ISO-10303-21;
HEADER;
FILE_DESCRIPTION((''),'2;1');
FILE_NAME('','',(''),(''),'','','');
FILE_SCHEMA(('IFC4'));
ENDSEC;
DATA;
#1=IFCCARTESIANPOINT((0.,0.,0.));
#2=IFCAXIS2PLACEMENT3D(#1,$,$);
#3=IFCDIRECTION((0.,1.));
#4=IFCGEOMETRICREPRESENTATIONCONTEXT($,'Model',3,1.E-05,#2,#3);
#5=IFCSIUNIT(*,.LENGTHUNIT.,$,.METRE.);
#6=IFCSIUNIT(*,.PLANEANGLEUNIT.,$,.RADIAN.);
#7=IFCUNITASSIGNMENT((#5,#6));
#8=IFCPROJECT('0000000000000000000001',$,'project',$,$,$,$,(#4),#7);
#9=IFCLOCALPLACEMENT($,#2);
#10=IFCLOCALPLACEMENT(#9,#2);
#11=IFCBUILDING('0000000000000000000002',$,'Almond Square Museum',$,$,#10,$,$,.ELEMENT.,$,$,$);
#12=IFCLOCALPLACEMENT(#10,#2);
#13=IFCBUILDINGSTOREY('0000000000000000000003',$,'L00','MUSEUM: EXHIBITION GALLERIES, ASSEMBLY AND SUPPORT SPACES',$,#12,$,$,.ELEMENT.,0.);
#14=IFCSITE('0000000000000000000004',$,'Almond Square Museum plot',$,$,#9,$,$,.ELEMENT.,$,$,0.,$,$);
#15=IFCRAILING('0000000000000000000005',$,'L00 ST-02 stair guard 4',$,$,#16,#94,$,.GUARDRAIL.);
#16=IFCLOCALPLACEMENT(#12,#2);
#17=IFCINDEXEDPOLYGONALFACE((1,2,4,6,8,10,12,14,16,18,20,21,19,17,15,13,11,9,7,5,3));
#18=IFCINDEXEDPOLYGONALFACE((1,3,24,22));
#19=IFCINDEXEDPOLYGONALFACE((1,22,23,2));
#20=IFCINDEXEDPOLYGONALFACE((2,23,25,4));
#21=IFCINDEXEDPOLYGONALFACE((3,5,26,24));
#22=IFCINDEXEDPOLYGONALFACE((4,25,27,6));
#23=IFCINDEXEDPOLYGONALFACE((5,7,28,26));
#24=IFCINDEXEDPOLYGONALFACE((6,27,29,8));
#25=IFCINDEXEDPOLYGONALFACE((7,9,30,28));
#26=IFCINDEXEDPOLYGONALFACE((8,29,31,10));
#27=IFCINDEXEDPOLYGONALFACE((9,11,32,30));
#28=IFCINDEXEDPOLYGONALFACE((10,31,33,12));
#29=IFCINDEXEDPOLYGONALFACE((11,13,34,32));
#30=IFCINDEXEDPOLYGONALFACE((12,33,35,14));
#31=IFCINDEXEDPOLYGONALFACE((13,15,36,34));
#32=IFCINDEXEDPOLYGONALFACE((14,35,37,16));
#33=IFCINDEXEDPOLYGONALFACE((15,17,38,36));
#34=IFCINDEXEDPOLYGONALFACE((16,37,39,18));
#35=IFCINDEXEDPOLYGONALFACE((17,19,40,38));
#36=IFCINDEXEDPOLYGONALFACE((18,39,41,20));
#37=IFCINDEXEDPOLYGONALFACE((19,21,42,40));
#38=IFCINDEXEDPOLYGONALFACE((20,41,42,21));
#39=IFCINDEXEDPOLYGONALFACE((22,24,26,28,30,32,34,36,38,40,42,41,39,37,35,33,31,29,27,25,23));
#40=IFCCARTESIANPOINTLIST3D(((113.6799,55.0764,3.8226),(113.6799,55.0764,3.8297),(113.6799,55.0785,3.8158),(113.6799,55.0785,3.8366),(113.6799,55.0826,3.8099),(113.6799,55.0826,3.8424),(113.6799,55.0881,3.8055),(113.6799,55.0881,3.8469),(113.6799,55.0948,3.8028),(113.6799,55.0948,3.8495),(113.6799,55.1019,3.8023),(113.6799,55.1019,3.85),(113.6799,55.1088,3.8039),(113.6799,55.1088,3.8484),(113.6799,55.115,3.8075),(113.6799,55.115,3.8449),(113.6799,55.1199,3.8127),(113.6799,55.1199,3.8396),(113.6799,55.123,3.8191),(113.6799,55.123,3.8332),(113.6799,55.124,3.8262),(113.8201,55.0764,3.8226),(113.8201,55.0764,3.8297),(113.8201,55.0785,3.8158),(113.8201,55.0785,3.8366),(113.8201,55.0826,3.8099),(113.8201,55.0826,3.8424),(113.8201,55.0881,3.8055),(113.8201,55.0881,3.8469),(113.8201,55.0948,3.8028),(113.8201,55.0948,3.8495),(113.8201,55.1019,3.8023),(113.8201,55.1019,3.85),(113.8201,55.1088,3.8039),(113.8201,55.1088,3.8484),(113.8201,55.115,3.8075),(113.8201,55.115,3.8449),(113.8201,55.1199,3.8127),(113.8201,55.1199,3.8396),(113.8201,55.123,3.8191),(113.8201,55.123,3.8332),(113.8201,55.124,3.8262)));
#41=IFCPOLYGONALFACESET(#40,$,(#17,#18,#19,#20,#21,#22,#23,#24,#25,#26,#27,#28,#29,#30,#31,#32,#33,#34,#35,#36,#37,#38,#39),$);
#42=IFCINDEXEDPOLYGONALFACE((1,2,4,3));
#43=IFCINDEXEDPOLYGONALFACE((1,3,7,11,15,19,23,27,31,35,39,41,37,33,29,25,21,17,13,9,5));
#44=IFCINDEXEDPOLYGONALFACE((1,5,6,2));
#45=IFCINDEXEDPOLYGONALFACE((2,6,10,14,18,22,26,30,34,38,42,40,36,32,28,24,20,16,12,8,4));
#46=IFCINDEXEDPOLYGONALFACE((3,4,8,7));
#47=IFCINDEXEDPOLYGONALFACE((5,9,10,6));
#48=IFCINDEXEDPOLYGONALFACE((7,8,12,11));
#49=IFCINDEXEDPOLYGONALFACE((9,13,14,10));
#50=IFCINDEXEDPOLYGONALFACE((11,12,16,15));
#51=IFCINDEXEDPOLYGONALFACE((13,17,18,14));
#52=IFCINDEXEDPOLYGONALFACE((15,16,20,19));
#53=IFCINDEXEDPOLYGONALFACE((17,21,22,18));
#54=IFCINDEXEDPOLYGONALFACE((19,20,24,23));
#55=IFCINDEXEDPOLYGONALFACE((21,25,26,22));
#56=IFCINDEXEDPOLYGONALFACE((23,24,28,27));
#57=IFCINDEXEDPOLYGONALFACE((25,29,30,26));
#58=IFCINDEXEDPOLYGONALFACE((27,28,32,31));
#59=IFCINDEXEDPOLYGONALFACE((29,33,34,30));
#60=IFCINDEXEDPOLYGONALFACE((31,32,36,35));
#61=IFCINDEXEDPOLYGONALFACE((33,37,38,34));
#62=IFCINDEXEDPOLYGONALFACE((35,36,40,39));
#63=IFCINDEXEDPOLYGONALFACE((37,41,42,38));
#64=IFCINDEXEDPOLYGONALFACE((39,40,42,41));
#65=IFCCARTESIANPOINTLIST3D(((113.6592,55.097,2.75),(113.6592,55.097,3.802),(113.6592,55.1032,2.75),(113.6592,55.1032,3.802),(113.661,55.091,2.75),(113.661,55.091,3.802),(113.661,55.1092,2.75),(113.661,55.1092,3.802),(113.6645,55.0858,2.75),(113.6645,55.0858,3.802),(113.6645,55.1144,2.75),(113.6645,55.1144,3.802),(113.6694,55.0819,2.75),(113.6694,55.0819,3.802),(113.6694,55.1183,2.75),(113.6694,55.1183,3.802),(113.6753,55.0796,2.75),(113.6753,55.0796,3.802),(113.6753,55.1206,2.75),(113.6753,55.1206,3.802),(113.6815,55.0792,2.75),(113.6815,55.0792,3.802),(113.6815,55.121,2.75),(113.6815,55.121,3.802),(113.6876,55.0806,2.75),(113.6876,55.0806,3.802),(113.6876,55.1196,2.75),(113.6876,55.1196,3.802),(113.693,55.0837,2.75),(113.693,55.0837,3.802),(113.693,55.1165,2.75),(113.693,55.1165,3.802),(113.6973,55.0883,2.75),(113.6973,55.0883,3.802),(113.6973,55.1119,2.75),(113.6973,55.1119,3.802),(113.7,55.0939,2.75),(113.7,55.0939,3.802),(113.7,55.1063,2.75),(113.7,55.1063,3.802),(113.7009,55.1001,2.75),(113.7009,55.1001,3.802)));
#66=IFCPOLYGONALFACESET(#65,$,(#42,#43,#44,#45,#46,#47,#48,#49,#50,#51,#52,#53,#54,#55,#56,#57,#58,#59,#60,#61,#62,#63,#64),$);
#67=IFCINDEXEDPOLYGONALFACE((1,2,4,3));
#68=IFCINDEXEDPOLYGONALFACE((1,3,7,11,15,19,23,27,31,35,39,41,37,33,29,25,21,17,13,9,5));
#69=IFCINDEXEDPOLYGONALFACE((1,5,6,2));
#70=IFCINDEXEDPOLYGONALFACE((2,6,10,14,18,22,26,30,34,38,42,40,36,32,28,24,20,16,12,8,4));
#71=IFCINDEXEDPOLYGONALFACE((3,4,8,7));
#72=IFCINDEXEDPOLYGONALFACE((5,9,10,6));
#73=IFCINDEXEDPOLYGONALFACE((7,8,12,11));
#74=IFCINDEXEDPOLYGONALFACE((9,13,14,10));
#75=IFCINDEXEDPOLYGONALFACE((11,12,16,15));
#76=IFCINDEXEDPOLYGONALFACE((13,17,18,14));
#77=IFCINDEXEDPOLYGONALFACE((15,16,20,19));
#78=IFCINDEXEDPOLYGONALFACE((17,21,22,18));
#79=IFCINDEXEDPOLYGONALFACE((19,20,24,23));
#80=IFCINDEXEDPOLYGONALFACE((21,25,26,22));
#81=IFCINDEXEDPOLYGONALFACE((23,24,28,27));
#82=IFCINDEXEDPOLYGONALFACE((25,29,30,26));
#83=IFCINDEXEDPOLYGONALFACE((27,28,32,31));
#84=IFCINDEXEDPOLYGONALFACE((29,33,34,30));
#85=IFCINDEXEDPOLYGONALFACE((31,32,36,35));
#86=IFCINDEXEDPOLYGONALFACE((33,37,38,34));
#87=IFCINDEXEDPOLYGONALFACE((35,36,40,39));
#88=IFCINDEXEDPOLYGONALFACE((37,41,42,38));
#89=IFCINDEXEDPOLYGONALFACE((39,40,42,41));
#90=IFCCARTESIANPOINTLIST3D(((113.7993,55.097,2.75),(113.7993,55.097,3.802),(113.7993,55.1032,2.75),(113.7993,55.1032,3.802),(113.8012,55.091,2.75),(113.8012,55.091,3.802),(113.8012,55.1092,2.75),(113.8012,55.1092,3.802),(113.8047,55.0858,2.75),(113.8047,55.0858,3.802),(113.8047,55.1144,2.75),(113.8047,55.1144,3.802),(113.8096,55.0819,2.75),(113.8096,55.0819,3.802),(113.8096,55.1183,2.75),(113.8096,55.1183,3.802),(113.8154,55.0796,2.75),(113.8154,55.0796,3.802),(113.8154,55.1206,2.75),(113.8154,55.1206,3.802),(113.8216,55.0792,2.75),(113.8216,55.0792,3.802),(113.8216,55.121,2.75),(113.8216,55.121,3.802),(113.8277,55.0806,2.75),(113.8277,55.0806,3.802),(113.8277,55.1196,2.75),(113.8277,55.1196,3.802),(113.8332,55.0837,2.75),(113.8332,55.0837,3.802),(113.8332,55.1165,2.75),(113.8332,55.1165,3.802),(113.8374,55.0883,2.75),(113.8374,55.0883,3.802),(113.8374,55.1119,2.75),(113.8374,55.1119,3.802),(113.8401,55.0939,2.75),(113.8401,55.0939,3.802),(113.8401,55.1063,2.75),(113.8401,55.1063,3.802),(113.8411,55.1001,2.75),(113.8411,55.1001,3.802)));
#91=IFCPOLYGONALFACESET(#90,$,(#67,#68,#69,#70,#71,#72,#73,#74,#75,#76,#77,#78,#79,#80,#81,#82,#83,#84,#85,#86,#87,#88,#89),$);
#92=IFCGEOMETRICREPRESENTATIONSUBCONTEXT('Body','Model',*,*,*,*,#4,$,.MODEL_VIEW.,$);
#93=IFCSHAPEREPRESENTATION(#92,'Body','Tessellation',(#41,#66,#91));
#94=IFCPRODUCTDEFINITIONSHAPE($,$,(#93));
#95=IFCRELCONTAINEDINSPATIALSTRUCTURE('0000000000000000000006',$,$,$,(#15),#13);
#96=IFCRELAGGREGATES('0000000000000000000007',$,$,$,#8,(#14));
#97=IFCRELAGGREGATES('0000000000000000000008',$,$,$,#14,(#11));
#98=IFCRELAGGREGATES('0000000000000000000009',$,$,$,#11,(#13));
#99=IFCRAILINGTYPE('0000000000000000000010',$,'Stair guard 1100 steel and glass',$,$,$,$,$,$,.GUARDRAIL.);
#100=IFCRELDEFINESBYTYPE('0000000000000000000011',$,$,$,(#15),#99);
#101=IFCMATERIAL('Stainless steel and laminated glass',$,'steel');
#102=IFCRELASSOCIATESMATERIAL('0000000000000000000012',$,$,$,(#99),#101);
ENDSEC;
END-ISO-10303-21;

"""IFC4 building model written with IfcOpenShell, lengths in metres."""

from ifc_helpers import new_model, si_unit, direction, frame, origin, origin_2d, place, context, subcontext, project, spatial, circle, extrude, material, type_object, element, save


model = new_model("IFC4")

# Units and contexts
model_context = context("Model", 3, precision=1e-05, world=origin(), true_north=direction((0.0, 1.0)))
body_context = subcontext(model_context, "Body", "Model", "MODEL_VIEW")
ifc_project = project(units=[si_unit("LENGTHUNIT", "METRE"), si_unit("PLANEANGLEUNIT", "RADIAN")], contexts=[model_context])

# Site, building, storey
site_placement = place(None, origin())
site = spatial("IfcSite", under=ifc_project, at=site_placement, Name="Almond Square Museum plot", CompositionType="ELEMENT", RefElevation=0.0)
building_placement = place(site_placement, origin())
building = spatial("IfcBuilding", under=site, at=building_placement, Name="Almond Square Museum", CompositionType="ELEMENT")
storey_placement = place(building_placement, origin())
storey = spatial("IfcBuildingStorey", under=building, at=storey_placement, Name="L00", Description="MUSEUM: EXHIBITION GALLERIES, ASSEMBLY AND SUPPORT SPACES", CompositionType="ELEMENT", Elevation=0.0)

# Railing
ifc_material_1 = material(Name="Stainless steel and laminated glass", Category="steel")
railing_type_1 = type_object("IfcRailingType", Name="Stair guard 1100 steel and glass", PredefinedType="GUARDRAIL", material=ifc_material_1)
railing_1_placement = place(storey_placement, frame((113.6799, 55.1001, 2.75)))
element("IfcRailing", 1, at=railing_1_placement, inside=storey, type_object=railing_type_1, Name="L00 ST-02 stair guard 4", PredefinedType="GUARDRAIL", context=body_context, shape_type="SweptSolid", body=[
    extrude(circle(Radius=0.0239, at=origin_2d()), frame((0.0, 0.0, 1.0762), z_axis=(1.0, 0.0, 0.0), x_axis=(0.0, 1.0, 0.0)), (0.0, 0.0, 1.0), 0.1401),
    extrude(circle(Radius=0.021, at=origin_2d()), origin(), (0.0, 0.0, 1.0), 1.052),
    extrude(circle(Radius=0.021, at=origin_2d()), frame((0.1401, 0.0, 0.0)), (0.0, 0.0, 1.0), 1.052),
])

save(model, "model.ifc")
